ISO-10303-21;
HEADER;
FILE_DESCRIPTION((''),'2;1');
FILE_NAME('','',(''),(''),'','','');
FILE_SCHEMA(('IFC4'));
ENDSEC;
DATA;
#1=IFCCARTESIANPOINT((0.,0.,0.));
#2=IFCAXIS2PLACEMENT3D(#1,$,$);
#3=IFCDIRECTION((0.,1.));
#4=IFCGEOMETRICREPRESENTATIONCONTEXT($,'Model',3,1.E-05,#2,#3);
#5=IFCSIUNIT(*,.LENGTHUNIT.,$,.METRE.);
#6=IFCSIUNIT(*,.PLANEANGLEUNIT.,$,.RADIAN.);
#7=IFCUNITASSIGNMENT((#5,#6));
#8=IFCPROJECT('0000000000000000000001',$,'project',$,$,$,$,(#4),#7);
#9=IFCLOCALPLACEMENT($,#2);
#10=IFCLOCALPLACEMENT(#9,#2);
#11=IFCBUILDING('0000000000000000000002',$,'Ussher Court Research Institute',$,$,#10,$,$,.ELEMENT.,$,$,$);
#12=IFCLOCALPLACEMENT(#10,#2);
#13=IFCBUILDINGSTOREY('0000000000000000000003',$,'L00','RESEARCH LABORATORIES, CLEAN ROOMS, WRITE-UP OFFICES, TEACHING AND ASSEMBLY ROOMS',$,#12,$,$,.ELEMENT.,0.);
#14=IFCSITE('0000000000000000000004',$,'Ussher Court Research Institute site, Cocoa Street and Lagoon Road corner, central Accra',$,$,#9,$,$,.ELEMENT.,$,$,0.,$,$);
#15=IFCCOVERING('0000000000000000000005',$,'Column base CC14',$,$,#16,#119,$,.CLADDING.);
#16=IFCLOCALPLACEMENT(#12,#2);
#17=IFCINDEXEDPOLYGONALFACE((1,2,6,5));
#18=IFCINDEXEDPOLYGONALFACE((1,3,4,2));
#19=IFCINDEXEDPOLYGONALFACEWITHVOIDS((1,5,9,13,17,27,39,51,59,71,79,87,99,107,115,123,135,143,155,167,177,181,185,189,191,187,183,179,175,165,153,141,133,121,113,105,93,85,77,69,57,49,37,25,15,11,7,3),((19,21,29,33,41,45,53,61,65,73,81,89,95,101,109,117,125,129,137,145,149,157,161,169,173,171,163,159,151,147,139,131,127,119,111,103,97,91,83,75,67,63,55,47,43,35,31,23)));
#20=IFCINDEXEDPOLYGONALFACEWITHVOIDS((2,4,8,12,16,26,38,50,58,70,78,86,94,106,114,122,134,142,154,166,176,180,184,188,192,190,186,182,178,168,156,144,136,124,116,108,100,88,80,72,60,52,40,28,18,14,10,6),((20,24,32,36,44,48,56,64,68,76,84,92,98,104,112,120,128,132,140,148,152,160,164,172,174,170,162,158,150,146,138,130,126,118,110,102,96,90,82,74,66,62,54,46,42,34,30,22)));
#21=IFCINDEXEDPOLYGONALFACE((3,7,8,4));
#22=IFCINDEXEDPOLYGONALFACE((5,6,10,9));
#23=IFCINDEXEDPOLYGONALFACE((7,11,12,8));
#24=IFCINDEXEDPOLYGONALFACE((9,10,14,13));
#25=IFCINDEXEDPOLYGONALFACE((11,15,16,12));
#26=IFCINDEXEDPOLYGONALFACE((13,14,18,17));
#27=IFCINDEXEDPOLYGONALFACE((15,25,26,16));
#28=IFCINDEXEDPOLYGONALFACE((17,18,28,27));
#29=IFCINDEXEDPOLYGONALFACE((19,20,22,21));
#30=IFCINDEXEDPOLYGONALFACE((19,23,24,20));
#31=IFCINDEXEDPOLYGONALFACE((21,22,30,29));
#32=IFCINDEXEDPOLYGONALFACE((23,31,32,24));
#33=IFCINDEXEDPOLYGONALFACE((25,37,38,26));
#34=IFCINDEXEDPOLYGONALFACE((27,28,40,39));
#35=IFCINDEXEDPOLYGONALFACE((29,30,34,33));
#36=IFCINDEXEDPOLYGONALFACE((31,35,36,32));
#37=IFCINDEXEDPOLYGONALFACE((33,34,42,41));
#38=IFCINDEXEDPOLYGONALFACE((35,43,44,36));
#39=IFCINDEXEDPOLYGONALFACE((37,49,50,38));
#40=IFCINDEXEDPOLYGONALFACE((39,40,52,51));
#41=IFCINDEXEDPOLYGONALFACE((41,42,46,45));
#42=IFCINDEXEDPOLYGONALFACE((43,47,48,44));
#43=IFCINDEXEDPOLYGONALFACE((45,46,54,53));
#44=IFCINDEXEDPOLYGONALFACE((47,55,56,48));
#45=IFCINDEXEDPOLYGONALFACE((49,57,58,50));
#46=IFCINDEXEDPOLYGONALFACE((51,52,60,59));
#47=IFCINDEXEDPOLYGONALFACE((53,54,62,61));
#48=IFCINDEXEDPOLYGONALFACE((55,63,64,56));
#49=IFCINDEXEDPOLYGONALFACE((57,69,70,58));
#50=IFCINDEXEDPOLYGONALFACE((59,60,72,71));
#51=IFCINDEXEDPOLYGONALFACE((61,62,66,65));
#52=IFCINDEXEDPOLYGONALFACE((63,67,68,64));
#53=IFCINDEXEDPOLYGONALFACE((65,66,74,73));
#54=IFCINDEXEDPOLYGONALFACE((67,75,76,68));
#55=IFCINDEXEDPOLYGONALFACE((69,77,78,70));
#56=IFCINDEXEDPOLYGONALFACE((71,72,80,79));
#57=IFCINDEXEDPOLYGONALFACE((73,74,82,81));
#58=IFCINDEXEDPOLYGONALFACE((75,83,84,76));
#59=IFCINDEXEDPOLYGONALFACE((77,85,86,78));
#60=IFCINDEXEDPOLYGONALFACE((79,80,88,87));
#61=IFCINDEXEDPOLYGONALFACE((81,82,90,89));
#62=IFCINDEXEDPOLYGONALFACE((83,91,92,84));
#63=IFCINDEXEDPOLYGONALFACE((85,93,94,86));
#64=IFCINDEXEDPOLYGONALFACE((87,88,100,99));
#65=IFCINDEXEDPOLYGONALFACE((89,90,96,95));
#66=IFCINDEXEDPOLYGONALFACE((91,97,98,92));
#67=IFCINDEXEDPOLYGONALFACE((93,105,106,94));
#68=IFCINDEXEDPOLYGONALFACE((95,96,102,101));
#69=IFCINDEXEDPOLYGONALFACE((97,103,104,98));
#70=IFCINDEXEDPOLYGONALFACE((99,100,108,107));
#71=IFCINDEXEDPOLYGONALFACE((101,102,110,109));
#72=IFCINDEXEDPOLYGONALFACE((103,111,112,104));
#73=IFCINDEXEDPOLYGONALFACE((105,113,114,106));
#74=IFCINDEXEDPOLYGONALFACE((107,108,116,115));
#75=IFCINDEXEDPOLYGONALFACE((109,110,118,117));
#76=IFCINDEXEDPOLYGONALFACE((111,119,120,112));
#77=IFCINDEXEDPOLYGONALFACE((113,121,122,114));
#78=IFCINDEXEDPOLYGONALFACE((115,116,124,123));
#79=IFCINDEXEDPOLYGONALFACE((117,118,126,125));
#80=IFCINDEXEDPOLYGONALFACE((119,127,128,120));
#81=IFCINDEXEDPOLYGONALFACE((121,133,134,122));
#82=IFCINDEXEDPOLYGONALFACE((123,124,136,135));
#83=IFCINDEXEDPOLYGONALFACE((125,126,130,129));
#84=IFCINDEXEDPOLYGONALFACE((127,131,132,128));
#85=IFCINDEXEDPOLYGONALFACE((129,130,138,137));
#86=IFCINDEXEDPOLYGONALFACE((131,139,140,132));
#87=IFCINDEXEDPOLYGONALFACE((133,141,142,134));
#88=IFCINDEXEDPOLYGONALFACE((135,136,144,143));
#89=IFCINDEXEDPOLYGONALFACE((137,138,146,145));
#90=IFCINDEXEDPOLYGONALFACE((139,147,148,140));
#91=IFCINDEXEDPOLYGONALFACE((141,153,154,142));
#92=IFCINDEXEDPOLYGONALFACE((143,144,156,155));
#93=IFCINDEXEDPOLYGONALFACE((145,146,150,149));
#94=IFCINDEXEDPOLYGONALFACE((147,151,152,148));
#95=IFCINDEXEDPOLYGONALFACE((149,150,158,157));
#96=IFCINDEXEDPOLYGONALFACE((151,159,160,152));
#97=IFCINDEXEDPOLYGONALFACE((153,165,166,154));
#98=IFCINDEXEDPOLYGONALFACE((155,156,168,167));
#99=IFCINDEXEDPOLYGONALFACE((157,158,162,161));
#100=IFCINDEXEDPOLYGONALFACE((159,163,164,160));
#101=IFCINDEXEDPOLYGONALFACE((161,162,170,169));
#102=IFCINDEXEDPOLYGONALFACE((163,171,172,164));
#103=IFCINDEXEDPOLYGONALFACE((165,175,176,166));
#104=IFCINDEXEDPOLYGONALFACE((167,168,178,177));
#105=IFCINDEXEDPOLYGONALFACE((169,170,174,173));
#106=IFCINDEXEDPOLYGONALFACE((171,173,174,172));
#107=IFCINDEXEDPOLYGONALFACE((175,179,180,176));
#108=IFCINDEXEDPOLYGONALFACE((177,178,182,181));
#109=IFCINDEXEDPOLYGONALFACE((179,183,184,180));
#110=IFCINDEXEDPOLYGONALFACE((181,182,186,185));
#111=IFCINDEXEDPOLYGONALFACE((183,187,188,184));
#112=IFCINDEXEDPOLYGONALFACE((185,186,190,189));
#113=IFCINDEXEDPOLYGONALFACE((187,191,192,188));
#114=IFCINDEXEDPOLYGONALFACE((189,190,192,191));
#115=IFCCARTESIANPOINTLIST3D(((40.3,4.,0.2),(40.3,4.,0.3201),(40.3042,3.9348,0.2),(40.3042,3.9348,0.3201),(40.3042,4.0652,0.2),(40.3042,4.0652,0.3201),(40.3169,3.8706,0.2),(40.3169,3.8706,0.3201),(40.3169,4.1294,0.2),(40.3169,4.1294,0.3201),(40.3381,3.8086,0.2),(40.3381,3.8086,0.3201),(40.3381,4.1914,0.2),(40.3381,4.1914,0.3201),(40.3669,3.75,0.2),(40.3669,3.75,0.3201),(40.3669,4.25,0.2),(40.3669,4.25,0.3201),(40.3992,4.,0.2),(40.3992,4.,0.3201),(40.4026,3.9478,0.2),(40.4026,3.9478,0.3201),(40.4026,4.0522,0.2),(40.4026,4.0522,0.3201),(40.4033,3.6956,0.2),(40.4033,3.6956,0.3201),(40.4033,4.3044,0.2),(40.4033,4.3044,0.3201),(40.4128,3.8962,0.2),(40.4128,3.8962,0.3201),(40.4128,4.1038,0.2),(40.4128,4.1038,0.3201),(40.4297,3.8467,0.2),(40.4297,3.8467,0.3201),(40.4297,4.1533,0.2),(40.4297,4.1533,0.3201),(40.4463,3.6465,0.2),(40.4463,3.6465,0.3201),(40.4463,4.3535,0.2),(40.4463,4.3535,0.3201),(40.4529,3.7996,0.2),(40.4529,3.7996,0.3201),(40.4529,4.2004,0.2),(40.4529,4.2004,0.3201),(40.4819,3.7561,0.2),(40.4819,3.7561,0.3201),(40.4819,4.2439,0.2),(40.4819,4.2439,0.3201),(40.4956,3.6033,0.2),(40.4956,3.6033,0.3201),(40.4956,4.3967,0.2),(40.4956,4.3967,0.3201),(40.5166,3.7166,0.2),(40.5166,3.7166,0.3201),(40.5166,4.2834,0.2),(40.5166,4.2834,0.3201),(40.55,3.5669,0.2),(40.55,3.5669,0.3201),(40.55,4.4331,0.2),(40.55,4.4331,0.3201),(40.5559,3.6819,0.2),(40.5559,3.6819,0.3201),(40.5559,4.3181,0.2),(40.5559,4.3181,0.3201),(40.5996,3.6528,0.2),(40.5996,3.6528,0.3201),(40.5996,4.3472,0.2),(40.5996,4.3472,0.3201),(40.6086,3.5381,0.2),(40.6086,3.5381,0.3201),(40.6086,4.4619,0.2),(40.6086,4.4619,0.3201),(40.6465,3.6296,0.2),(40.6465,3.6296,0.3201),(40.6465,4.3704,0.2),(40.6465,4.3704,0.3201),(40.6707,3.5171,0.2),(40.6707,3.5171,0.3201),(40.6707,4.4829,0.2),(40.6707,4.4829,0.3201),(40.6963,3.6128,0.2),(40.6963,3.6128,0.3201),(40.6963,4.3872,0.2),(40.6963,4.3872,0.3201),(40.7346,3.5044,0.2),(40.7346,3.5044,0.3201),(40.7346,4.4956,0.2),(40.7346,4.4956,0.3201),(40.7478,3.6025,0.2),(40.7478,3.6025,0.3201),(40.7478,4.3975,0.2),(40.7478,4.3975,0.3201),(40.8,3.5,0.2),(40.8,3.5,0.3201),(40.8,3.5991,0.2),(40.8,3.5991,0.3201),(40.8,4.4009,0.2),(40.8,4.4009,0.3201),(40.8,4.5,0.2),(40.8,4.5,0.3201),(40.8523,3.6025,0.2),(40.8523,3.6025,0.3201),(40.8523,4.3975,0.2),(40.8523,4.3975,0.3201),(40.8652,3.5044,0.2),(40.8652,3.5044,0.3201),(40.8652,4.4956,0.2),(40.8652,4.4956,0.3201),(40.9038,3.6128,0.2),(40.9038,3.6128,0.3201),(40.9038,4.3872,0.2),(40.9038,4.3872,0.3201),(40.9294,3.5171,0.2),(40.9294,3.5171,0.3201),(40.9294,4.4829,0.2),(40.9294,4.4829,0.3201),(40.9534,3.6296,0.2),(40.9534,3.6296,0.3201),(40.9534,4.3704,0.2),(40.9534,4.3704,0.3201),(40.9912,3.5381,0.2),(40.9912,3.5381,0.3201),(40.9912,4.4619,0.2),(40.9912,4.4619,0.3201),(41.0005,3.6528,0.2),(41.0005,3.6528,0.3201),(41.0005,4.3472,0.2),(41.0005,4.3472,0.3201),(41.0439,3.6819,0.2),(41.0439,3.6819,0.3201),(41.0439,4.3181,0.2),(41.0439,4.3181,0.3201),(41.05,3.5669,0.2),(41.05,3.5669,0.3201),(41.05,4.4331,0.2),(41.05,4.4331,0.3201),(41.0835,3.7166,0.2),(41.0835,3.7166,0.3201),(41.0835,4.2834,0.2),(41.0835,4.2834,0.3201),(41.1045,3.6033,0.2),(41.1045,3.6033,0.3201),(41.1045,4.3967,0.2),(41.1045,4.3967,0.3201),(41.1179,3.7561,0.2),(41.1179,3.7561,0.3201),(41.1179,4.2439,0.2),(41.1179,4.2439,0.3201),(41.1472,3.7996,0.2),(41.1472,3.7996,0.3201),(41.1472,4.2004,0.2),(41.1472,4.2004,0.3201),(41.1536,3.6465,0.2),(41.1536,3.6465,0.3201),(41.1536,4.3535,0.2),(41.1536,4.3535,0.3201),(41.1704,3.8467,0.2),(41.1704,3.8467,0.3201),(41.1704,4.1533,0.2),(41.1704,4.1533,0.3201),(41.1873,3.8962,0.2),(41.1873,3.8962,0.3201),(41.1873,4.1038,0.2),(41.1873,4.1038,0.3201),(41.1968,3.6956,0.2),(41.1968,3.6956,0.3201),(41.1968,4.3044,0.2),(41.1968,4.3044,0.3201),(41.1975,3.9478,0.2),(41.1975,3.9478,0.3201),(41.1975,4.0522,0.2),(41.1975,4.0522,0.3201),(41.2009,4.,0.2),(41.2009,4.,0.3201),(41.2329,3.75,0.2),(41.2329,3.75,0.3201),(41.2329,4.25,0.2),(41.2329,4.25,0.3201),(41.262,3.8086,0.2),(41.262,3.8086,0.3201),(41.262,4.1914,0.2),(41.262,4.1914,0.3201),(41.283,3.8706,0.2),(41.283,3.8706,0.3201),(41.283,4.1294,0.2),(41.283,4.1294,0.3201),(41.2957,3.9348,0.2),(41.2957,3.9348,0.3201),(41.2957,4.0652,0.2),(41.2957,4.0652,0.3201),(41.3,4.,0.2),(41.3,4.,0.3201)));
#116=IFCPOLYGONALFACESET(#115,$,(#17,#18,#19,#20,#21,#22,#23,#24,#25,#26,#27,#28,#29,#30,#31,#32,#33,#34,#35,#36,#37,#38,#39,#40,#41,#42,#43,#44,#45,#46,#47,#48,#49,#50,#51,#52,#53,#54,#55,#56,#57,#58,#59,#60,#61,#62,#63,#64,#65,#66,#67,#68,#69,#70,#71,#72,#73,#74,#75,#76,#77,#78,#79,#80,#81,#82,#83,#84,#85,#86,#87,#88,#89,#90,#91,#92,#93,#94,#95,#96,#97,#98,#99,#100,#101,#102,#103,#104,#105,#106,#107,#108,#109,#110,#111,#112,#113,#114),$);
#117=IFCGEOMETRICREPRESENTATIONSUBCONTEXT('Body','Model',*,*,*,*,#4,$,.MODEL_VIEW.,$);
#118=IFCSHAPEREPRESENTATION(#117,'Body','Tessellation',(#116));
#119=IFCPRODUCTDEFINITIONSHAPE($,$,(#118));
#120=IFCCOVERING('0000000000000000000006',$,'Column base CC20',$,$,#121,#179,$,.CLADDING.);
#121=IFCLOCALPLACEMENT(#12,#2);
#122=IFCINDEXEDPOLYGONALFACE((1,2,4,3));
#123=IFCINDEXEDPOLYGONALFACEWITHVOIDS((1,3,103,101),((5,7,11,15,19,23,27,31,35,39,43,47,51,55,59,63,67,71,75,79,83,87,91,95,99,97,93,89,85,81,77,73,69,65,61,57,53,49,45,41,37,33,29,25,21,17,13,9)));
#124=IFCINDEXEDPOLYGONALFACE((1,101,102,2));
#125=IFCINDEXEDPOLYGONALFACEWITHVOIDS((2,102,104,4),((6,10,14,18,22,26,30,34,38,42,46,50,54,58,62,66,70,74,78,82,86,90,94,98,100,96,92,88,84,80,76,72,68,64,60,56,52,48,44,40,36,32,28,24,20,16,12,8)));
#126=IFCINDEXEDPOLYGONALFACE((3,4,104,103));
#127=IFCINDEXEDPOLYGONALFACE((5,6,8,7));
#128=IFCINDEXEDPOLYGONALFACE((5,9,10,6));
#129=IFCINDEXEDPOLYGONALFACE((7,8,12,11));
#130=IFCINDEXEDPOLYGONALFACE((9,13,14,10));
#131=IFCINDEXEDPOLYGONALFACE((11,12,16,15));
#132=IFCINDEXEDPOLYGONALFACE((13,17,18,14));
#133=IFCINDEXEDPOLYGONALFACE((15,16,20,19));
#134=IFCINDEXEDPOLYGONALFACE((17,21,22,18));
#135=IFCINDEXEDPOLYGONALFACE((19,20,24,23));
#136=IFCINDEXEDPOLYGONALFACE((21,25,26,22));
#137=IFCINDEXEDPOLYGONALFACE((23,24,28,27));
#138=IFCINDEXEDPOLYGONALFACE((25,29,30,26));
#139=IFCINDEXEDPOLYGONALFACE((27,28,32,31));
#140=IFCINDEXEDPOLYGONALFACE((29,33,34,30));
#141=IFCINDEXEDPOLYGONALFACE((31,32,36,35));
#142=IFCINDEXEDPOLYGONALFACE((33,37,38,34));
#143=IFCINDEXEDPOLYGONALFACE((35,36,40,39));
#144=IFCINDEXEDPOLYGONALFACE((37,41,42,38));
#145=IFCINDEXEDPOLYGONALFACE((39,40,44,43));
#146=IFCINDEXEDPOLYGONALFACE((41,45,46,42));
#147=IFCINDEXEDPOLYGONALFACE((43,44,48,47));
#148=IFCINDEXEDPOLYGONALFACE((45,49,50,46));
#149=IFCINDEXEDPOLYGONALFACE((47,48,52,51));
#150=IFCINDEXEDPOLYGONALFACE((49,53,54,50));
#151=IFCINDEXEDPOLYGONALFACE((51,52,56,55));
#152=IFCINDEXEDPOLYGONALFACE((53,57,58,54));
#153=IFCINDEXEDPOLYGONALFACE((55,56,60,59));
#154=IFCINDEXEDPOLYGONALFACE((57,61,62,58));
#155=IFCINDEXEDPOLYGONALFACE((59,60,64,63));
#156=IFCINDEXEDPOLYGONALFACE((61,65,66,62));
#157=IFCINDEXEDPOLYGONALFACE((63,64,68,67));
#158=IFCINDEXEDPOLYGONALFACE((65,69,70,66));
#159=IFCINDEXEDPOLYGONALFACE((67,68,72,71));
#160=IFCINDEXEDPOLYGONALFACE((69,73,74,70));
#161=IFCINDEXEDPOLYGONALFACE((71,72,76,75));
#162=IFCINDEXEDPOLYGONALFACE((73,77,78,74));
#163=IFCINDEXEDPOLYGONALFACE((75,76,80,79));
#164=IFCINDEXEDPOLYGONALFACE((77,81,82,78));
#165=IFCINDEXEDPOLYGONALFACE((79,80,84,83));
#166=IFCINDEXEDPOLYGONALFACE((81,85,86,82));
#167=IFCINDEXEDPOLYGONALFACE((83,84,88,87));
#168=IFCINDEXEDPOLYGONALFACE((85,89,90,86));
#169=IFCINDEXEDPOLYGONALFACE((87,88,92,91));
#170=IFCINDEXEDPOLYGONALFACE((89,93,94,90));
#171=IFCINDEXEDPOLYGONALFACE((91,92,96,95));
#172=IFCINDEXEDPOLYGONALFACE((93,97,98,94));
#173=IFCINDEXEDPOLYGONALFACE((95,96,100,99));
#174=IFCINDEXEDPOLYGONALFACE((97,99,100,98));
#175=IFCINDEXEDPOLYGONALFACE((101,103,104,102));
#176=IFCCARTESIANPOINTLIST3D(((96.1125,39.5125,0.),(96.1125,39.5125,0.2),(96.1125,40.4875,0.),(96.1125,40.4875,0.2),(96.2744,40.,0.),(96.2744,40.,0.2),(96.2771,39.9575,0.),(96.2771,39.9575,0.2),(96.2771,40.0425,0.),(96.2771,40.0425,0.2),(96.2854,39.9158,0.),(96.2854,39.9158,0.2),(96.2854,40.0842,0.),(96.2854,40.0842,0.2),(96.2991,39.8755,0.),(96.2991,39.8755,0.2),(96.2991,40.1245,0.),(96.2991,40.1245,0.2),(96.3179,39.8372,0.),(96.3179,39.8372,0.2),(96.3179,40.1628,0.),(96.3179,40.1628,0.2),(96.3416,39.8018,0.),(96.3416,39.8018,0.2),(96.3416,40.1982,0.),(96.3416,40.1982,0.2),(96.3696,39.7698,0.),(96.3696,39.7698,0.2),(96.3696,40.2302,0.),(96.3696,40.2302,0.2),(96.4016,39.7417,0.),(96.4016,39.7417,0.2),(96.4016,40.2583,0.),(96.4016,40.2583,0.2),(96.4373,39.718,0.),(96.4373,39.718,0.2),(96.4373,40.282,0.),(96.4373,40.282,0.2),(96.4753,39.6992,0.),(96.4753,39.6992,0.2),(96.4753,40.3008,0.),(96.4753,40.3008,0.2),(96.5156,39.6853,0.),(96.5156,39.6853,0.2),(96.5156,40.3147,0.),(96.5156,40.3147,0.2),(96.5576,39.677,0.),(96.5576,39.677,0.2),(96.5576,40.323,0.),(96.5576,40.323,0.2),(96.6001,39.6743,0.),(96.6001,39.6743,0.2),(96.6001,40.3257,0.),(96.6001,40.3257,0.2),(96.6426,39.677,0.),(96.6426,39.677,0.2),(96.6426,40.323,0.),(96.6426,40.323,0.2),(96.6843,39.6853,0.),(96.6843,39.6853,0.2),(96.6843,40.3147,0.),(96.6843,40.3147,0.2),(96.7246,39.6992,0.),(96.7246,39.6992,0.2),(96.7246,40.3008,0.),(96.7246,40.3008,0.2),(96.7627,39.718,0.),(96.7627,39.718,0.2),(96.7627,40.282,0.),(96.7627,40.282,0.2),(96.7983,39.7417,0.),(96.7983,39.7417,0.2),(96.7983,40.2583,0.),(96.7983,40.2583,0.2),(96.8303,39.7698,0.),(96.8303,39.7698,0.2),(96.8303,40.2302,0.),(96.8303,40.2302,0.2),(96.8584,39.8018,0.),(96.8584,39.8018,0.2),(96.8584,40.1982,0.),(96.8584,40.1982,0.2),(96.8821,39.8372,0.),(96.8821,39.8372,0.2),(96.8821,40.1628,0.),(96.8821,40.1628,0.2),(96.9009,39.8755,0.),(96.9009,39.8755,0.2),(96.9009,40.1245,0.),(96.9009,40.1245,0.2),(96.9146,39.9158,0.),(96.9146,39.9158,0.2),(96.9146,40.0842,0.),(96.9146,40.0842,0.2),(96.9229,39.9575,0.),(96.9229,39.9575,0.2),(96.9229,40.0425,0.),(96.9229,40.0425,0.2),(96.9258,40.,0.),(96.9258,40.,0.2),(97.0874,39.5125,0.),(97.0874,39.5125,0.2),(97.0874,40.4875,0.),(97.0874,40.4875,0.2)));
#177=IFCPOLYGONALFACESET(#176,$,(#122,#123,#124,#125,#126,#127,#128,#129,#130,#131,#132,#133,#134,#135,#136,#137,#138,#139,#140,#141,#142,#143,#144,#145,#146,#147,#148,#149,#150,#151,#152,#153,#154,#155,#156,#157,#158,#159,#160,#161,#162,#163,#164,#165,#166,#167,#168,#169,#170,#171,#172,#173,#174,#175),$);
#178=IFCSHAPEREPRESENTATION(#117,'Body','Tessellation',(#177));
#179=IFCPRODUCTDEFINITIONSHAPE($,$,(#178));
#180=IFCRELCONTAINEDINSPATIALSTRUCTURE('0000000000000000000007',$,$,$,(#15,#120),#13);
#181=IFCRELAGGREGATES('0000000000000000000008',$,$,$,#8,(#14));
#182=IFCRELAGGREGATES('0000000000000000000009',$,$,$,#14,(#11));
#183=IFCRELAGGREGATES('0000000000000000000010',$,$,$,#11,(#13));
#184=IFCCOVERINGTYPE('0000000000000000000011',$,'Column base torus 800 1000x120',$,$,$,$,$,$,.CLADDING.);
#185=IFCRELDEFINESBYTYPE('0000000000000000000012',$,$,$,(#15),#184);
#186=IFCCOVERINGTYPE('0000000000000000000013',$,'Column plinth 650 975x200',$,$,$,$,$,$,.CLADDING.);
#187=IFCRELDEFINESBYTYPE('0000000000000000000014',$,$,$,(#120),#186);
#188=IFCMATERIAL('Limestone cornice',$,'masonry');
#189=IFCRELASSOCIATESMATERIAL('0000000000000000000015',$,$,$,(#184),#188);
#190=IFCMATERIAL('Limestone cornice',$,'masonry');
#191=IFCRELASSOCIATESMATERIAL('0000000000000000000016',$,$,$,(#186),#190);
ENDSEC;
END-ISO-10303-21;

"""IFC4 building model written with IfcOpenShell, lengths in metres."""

from ifc_helpers import new_model, si_unit, direction, frame, origin, place, context, subcontext, project, spatial, polyline, outline, extrude, material, type_object, element, save


model = new_model("IFC4")

# Units and contexts
model_context = context("Model", 3, precision=1e-05, world=origin(), true_north=direction((0.0, 1.0)))
body_context = subcontext(model_context, "Body", "Model", "MODEL_VIEW")
ifc_project = project(units=[si_unit("LENGTHUNIT", "METRE"), si_unit("PLANEANGLEUNIT", "RADIAN")], contexts=[model_context])

# Site, building, storey
site_placement = place(None, origin())
site = spatial("IfcSite", under=ifc_project, at=site_placement, Name="Ussher Court Research Institute site, Cocoa Street and Lagoon Road corner, central Accra", CompositionType="ELEMENT", RefElevation=0.0)
building_placement = place(site_placement, origin())
building = spatial("IfcBuilding", under=site, at=building_placement, Name="Ussher Court Research Institute", CompositionType="ELEMENT")
storey_placement = place(building_placement, origin())
storey = spatial("IfcBuildingStorey", under=building, at=storey_placement, Name="L00", Description="RESEARCH LABORATORIES, CLEAN ROOMS, WRITE-UP OFFICES, TEACHING AND ASSEMBLY ROOMS", CompositionType="ELEMENT", Elevation=0.0)

# Coverings
ifc_material_1 = material(Name="Limestone cornice", Category="masonry")
covering_type_1 = type_object("IfcCoveringType", Name="Column base torus 800 1000x120", PredefinedType="CLADDING", material=ifc_material_1)
covering_1_placement = place(storey_placement, frame((0.0, 0.0, 0.2)))
element("IfcCovering", 1, at=covering_1_placement, inside=storey, type_object=covering_type_1, Name="Column base CC14", PredefinedType="CLADDING", context=body_context, shape_type="SweptSolid", body=[
    extrude(outline(polyline([(41.3, 4.0), (41.2957, 4.0652), (41.283, 4.1294), (41.262, 4.1914), (41.2329, 4.25), (41.1968, 4.3044), (41.1536, 4.3535), (41.1045, 4.3967), (41.05, 4.4331), (40.9912, 4.4619), (40.9294, 4.4829), (40.8652, 4.4956), (40.8, 4.5), (40.7346, 4.4956), (40.6707, 4.4829), (40.6086, 4.4619), (40.55, 4.4331), (40.4956, 4.3967), (40.4463, 4.3535), (40.4033, 4.3044), (40.3669, 4.25), (40.3381, 4.1914), (40.3169, 4.1294), (40.3042, 4.0652), (40.3, 4.0), (40.3042, 3.9348), (40.3169, 3.8706), (40.3381, 3.8086), (40.3669, 3.75), (40.4033, 3.6956), (40.4463, 3.6465), (40.4956, 3.6033), (40.55, 3.5669), (40.6086, 3.5381), (40.6707, 3.5171), (40.7346, 3.5044), (40.8, 3.5), (40.8652, 3.5044), (40.9294, 3.5171), (40.9912, 3.5381), (41.05, 3.5669), (41.1045, 3.6033), (41.1536, 3.6465), (41.1968, 3.6956), (41.2329, 3.75), (41.262, 3.8086), (41.283, 3.8706), (41.2957, 3.9348), (41.3, 4.0)]), holes=[polyline([(41.2009, 4.0), (41.1975, 4.0522), (41.1873, 4.1038), (41.1704, 4.1533), (41.1472, 4.2004), (41.1179, 4.2439), (41.0835, 4.2834), (41.0439, 4.3181), (41.0005, 4.3472), (40.9534, 4.3704), (40.9038, 4.3872), (40.8523, 4.3975), (40.8, 4.4009), (40.7478, 4.3975), (40.6963, 4.3872), (40.6465, 4.3704), (40.5996, 4.3472), (40.5559, 4.3181), (40.5166, 4.2834), (40.4819, 4.2439), (40.4529, 4.2004), (40.4297, 4.1533), (40.4128, 4.1038), (40.4026, 4.0522), (40.3992, 4.0), (40.4026, 3.9478), (40.4128, 3.8962), (40.4297, 3.8467), (40.4529, 3.7996), (40.4819, 3.7561), (40.5166, 3.7166), (40.5559, 3.6819), (40.5996, 3.6528), (40.6465, 3.6296), (40.6963, 3.6128), (40.7478, 3.6025), (40.8, 3.5991), (40.8523, 3.6025), (40.9038, 3.6128), (40.9534, 3.6296), (41.0005, 3.6528), (41.0439, 3.6819), (41.0835, 3.7166), (41.1179, 3.7561), (41.1472, 3.7996), (41.1704, 3.8467), (41.1873, 3.8962), (41.1975, 3.9478), (41.2009, 4.0)])]), origin(), (0.0, 0.0, 1.0), 0.1201),
])
ifc_material_2 = material(Name="Limestone cornice", Category="masonry")
covering_type_2 = type_object("IfcCoveringType", Name="Column plinth 650 975x200", PredefinedType="CLADDING", material=ifc_material_2)
covering_2_placement = place(storey_placement, origin())
element("IfcCovering", 2, at=covering_2_placement, inside=storey, type_object=covering_type_2, Name="Column base CC20", PredefinedType="CLADDING", context=body_context, shape_type="SweptSolid", body=[
    extrude(outline(polyline([(97.0874, 39.5125), (97.0874, 40.4875), (96.1125, 40.4875), (96.1125, 39.5125), (97.0874, 39.5125)]), holes=[polyline([(96.9258, 40.0), (96.9229, 40.0425), (96.9146, 40.0842), (96.9009, 40.1245), (96.8821, 40.1628), (96.8584, 40.1982), (96.8303, 40.2302), (96.7983, 40.2583), (96.7627, 40.282), (96.7246, 40.3008), (96.6843, 40.3147), (96.6426, 40.323), (96.6001, 40.3257), (96.5576, 40.323), (96.5156, 40.3147), (96.4753, 40.3008), (96.4373, 40.282), (96.4016, 40.2583), (96.3696, 40.2302), (96.3416, 40.1982), (96.3179, 40.1628), (96.2991, 40.1245), (96.2854, 40.0842), (96.2771, 40.0425), (96.2744, 40.0), (96.2771, 39.9575), (96.2854, 39.9158), (96.2991, 39.8755), (96.3179, 39.8372), (96.3416, 39.8018), (96.3696, 39.7698), (96.4016, 39.7417), (96.4373, 39.718), (96.4753, 39.6992), (96.5156, 39.6853), (96.5576, 39.677), (96.6001, 39.6743), (96.6426, 39.677), (96.6843, 39.6853), (96.7246, 39.6992), (96.7627, 39.718), (96.7983, 39.7417), (96.8303, 39.7698), (96.8584, 39.8018), (96.8821, 39.8372), (96.9009, 39.8755), (96.9146, 39.9158), (96.9229, 39.9575), (96.9258, 40.0)])]), origin(), (0.0, 0.0, 1.0), 0.2),
])

save(model, "model.ifc")
